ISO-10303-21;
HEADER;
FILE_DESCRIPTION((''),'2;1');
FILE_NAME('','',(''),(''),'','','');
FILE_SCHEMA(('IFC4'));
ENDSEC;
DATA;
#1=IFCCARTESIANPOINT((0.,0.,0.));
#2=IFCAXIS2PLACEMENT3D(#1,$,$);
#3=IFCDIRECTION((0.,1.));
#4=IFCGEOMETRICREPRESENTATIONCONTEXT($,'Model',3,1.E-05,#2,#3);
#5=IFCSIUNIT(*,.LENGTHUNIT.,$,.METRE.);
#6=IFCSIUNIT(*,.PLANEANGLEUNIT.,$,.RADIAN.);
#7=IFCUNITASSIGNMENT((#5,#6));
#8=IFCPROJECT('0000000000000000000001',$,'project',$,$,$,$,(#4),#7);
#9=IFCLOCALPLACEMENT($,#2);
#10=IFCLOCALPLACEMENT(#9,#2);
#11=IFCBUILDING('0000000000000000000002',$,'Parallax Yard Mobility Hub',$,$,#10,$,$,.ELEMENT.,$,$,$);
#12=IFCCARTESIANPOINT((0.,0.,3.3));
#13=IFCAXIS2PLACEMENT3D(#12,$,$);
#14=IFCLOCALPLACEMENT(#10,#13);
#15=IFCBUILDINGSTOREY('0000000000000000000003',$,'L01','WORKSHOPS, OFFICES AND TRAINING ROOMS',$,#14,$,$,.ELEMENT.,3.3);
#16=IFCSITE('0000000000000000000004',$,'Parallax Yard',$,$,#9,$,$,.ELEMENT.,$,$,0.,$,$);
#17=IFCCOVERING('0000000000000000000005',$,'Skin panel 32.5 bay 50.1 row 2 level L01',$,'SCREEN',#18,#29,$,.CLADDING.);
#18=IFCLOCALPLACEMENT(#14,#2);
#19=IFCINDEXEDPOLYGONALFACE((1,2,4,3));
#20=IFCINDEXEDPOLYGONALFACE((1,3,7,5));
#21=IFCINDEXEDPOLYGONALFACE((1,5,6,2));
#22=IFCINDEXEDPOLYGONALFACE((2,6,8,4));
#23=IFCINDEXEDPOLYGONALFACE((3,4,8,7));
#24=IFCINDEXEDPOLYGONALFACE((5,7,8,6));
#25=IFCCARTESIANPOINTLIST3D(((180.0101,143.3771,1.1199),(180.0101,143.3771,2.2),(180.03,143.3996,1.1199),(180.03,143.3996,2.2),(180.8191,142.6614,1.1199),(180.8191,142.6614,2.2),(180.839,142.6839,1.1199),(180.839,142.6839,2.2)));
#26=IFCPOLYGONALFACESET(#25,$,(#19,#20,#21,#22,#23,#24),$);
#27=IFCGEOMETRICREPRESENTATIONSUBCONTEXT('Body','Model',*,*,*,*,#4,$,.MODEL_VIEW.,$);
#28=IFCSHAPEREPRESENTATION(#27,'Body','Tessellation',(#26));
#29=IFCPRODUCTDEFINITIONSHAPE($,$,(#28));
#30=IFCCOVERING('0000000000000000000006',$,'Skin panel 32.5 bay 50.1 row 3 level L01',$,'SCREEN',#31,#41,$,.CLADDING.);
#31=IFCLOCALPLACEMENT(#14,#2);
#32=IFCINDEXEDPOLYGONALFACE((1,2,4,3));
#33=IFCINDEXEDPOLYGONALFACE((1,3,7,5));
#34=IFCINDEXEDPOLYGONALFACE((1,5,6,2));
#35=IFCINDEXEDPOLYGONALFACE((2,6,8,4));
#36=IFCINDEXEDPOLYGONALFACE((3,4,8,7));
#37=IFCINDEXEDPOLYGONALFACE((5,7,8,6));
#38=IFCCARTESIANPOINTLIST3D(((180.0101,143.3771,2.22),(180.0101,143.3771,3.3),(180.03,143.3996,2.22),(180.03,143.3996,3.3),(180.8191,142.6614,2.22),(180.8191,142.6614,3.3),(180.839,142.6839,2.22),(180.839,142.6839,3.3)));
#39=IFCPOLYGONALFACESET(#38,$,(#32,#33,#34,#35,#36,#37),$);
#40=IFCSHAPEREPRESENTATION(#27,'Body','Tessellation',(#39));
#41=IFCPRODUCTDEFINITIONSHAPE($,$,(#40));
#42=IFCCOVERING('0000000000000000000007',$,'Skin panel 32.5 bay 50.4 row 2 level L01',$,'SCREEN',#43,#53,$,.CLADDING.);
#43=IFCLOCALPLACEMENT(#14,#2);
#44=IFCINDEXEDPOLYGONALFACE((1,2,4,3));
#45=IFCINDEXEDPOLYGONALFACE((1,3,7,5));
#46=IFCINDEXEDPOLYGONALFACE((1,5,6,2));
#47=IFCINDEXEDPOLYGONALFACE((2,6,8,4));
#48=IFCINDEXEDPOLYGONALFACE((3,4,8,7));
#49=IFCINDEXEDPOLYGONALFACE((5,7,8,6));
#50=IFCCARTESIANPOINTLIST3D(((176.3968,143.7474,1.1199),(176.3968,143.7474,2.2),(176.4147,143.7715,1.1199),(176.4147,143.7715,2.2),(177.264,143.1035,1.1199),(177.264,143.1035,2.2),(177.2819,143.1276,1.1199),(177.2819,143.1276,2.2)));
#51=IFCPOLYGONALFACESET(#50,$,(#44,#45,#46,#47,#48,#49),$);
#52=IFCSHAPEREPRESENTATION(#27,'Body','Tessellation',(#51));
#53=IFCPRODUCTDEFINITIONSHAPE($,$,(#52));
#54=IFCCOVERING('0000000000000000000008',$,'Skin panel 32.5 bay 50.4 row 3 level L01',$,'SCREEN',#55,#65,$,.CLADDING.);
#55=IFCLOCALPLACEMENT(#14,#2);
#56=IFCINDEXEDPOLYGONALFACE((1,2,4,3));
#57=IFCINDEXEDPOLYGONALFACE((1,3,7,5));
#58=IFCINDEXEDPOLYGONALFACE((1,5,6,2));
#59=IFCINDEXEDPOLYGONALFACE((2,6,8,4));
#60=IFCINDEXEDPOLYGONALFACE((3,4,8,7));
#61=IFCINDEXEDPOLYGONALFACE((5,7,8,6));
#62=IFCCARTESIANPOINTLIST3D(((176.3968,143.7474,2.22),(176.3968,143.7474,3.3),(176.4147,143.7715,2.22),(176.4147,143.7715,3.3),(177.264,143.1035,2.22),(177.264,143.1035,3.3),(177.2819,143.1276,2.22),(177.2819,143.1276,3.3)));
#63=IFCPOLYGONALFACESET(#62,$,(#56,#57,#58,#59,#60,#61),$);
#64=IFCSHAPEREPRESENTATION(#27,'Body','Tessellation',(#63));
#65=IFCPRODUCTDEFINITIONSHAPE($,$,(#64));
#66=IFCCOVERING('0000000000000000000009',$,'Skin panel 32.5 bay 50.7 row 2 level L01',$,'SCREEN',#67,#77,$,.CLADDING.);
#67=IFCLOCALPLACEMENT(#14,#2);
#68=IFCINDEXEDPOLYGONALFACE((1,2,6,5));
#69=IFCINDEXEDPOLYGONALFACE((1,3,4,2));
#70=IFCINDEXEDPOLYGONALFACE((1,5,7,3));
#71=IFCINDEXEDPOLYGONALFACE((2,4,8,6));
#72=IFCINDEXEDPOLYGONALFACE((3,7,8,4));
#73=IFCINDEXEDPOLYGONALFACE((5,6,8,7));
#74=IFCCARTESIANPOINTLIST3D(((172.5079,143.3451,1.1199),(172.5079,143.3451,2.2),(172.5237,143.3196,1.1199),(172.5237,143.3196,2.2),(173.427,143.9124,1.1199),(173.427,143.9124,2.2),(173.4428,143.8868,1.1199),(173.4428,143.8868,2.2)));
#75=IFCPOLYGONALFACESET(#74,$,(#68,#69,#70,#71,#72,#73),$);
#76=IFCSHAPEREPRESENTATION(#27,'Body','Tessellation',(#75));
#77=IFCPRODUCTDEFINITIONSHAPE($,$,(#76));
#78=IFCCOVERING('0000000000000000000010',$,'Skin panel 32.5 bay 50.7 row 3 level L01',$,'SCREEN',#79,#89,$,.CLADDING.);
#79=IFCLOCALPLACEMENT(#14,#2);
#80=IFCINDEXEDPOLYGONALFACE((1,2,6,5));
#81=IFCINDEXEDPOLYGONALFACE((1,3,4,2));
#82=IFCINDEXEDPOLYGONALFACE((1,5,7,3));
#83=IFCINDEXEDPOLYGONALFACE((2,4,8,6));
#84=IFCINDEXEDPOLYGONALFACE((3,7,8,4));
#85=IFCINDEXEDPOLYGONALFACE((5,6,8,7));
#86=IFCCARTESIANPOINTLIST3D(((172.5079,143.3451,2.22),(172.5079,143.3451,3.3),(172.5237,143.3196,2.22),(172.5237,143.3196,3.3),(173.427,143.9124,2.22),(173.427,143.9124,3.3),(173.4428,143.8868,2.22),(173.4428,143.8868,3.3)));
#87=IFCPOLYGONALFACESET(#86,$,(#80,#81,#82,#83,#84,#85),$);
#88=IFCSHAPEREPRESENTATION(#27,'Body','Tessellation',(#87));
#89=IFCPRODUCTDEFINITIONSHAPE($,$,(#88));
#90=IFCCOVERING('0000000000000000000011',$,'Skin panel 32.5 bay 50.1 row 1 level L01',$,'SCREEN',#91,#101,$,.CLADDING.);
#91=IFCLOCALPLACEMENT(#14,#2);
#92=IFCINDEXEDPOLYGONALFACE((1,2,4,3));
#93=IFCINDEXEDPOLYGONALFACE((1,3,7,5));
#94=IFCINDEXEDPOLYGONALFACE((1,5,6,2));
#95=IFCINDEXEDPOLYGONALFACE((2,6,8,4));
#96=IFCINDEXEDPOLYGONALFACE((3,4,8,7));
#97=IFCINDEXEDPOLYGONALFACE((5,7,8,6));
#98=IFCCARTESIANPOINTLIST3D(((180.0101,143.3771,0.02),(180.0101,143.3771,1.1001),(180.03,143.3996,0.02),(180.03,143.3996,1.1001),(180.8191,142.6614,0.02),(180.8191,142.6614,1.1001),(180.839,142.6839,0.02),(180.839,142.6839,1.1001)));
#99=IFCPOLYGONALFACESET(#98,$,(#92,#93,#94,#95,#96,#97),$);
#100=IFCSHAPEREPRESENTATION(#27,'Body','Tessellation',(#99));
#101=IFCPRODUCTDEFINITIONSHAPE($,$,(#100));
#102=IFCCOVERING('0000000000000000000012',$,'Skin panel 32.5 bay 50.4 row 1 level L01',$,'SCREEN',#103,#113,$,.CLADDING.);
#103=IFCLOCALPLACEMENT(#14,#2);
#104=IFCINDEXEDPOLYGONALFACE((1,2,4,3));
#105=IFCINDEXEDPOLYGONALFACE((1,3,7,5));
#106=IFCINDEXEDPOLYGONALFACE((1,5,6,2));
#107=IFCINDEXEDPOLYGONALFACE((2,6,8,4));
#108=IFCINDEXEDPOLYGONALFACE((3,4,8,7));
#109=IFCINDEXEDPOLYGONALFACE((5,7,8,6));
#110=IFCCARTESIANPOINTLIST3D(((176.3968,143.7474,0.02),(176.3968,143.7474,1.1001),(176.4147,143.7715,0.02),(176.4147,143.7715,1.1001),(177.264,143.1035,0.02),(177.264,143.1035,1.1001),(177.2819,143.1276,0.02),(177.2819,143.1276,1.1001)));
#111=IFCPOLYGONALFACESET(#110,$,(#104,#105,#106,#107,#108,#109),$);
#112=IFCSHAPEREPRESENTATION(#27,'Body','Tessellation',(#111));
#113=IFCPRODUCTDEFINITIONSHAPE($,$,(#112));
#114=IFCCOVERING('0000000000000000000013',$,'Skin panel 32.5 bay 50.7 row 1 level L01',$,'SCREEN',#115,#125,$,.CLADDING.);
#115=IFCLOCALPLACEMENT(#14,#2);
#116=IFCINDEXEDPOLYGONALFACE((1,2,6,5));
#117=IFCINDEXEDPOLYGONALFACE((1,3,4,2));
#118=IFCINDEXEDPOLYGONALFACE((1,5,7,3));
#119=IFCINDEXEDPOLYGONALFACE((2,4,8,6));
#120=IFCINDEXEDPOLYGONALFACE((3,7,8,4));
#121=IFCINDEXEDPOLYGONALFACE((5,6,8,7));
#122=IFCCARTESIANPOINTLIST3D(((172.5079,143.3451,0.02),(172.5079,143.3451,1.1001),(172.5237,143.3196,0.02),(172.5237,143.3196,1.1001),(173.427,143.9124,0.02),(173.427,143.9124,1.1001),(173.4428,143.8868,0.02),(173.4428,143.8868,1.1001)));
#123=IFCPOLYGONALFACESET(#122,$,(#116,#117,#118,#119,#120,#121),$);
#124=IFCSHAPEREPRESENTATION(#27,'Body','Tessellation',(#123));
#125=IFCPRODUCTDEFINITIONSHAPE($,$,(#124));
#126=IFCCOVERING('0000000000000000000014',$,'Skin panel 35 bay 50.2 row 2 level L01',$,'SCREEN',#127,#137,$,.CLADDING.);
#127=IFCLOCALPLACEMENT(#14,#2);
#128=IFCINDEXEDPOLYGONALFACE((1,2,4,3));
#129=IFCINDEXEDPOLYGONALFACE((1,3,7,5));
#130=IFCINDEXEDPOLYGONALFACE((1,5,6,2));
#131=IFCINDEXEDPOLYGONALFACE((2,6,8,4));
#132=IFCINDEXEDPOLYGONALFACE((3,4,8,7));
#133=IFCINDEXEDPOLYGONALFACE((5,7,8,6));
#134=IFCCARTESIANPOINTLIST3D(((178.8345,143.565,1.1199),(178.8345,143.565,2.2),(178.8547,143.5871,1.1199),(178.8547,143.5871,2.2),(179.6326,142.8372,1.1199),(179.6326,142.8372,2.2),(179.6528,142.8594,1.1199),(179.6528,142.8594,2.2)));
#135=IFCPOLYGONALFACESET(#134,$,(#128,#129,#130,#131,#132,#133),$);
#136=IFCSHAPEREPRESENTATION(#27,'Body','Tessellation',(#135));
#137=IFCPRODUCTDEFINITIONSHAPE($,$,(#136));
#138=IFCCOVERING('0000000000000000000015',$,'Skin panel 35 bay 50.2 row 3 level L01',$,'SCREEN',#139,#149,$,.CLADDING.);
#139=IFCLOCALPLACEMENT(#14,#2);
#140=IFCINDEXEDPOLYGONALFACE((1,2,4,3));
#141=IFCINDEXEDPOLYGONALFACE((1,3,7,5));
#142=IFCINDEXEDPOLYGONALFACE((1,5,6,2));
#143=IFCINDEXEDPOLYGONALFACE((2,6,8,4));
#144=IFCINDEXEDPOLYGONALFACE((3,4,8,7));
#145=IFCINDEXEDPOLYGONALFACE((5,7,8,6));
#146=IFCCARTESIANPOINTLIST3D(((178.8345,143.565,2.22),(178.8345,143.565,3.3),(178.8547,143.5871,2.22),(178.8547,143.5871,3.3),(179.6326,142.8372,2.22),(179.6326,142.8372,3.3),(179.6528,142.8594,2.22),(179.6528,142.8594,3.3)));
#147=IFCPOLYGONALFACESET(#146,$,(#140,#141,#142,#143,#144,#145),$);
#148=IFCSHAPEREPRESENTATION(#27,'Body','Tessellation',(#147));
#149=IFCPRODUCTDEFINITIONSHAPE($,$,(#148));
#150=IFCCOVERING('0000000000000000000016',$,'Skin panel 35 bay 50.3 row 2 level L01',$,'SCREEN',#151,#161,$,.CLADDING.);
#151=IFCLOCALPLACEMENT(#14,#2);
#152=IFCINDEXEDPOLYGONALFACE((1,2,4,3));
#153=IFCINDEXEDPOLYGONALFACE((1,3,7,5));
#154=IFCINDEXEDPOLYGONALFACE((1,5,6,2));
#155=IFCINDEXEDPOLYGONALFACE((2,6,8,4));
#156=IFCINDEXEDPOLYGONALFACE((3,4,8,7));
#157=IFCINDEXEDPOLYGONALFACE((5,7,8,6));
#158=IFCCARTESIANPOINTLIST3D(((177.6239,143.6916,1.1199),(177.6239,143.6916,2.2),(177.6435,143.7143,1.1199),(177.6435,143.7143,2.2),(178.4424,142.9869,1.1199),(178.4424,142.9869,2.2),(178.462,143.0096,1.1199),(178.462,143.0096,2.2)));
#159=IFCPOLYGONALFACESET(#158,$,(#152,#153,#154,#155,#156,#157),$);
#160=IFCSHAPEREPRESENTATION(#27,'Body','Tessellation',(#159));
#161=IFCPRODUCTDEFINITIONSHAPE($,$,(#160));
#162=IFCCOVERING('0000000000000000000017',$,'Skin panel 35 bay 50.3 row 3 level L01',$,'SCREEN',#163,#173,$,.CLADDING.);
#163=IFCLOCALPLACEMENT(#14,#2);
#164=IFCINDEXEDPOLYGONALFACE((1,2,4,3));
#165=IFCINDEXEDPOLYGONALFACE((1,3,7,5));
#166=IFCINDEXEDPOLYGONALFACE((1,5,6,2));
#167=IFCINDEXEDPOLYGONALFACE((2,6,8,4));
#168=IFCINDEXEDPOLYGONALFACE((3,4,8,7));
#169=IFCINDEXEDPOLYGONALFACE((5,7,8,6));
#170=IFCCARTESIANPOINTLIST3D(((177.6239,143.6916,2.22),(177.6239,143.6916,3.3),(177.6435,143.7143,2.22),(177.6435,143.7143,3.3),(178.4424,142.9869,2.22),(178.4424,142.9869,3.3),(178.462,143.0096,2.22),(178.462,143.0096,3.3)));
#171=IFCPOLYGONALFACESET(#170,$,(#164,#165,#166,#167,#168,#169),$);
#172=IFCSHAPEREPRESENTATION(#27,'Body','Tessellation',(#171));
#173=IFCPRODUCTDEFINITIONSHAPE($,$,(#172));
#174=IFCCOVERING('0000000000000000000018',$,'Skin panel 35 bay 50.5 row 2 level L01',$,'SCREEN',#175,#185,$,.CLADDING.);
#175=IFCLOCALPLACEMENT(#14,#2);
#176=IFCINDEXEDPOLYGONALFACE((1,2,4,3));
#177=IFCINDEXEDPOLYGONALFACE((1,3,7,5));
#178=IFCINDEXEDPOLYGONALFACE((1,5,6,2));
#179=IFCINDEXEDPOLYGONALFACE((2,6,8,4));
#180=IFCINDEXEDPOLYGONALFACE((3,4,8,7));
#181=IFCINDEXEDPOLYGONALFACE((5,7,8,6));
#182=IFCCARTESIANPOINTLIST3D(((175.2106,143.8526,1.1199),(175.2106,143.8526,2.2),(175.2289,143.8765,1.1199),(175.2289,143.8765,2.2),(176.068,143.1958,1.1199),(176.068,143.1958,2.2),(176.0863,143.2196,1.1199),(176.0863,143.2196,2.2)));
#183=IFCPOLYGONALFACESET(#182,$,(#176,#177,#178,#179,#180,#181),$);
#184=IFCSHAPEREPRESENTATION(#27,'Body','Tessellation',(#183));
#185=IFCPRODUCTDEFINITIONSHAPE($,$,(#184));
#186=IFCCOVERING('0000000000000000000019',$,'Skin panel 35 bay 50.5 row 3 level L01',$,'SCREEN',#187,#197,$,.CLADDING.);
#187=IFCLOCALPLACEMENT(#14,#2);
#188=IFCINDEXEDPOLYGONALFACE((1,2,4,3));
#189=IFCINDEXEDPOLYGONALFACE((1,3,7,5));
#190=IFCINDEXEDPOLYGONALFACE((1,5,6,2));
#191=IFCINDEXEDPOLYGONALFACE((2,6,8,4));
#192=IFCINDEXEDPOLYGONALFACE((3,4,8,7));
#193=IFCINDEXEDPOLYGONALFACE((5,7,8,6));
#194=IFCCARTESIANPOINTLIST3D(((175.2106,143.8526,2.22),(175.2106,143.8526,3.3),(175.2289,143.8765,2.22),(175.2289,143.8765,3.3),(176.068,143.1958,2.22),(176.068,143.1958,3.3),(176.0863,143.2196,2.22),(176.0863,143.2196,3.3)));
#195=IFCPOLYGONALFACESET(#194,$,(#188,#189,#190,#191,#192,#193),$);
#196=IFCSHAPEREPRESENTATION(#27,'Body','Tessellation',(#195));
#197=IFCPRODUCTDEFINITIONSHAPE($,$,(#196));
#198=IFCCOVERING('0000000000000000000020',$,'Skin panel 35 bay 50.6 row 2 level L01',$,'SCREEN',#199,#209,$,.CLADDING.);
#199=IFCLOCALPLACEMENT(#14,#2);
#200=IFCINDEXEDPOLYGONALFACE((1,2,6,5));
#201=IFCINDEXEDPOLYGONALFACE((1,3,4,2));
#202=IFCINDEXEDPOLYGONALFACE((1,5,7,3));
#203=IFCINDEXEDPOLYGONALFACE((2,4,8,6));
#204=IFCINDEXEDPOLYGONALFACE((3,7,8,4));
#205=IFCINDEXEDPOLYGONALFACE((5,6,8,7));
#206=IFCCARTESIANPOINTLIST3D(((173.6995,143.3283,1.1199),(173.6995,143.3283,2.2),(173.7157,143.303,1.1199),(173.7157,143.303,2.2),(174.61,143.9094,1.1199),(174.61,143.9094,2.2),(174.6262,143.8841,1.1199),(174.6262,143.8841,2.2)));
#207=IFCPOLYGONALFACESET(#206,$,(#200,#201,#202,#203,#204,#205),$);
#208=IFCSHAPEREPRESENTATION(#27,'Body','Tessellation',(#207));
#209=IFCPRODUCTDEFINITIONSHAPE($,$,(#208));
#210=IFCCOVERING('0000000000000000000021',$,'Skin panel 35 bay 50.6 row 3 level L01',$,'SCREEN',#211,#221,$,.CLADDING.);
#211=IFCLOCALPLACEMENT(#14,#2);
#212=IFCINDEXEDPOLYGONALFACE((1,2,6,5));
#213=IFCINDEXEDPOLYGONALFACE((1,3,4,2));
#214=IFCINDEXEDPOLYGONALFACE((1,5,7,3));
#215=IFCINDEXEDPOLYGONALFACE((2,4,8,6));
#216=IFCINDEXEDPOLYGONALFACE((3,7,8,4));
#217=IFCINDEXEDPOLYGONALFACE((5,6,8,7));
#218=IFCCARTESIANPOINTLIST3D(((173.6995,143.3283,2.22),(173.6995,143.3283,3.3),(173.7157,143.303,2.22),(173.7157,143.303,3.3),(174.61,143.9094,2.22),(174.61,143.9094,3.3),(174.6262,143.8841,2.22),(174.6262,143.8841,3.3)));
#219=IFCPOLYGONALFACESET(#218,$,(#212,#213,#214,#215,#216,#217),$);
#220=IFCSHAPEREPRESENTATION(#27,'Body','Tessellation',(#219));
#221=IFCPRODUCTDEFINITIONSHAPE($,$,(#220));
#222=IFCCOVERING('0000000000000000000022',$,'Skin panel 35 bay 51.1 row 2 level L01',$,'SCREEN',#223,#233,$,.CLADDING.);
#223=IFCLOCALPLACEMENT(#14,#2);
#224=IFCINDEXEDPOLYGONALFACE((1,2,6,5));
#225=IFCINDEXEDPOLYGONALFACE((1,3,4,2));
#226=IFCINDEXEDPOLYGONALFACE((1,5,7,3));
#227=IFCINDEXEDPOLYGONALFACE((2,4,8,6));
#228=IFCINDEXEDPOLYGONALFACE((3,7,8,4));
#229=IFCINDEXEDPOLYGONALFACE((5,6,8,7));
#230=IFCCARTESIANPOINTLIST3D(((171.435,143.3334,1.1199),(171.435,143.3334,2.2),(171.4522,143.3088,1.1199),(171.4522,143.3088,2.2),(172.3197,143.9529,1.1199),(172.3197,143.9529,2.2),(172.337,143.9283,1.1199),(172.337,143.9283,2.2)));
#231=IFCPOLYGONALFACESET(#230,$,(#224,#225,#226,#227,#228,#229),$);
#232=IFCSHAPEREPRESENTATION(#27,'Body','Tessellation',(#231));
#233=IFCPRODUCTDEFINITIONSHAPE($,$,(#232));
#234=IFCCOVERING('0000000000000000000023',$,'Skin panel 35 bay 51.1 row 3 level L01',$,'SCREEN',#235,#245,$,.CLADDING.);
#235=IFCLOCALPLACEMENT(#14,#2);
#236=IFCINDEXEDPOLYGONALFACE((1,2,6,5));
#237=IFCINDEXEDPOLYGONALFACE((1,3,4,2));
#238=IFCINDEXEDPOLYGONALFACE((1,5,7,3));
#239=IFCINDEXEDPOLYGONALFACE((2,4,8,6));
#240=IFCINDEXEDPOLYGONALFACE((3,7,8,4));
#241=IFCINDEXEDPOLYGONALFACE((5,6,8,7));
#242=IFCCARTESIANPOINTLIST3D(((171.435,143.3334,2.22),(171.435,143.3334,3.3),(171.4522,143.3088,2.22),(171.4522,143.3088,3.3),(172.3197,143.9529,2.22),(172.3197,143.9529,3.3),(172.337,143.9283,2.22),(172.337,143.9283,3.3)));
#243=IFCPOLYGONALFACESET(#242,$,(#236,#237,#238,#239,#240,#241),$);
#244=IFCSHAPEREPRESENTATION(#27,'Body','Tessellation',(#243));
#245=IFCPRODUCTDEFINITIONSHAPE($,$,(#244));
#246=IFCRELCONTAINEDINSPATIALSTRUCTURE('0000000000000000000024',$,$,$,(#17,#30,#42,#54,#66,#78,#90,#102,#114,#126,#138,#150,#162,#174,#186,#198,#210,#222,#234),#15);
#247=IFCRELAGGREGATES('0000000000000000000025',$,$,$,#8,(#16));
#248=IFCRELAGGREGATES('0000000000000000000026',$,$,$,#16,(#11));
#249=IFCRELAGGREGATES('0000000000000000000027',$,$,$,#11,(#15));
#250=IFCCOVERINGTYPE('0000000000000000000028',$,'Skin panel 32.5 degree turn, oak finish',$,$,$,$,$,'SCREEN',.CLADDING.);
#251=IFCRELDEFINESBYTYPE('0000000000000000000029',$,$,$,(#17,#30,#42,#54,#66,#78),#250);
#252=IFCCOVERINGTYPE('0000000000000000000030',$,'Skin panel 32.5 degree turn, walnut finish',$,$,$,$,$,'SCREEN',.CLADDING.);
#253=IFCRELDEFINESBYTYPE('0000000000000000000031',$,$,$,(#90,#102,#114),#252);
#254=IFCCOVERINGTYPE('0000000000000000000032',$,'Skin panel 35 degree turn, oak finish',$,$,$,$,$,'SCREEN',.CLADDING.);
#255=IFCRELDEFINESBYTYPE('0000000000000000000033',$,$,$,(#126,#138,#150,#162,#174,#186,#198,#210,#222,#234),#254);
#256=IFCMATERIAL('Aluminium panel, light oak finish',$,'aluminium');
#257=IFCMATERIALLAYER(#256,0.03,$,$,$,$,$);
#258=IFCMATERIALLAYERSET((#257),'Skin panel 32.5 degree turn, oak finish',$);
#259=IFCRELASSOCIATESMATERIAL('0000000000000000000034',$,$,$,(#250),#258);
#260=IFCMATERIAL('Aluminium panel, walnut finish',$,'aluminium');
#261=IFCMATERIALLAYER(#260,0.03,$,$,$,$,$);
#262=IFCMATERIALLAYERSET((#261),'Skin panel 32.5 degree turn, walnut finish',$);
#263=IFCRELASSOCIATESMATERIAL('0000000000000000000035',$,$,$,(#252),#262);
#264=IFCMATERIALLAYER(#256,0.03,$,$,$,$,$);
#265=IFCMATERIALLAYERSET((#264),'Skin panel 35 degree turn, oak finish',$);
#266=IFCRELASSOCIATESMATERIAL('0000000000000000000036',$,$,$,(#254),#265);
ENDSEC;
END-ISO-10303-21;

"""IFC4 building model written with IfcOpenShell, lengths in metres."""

from ifc_helpers import new_model, si_unit, direction, frame, origin, origin_2d, place, context, subcontext, project, spatial, rectangle, extrude, material, layer, layer_set, type_object, element, save


model = new_model("IFC4")

# Units and contexts
model_context = context("Model", 3, precision=1e-05, world=origin(), true_north=direction((0.0, 1.0)))
body_context = subcontext(model_context, "Body", "Model", "MODEL_VIEW")
ifc_project = project(units=[si_unit("LENGTHUNIT", "METRE"), si_unit("PLANEANGLEUNIT", "RADIAN")], contexts=[model_context])

# Site, building, storey
site_placement = place(None, origin())
site = spatial("IfcSite", under=ifc_project, at=site_placement, Name="Parallax Yard", CompositionType="ELEMENT", RefElevation=0.0)
building_placement = place(site_placement, origin())
building = spatial("IfcBuilding", under=site, at=building_placement, Name="Parallax Yard Mobility Hub", CompositionType="ELEMENT")
storey_placement = place(building_placement, frame((0.0, 0.0, 3.3)))
storey = spatial("IfcBuildingStorey", under=building, at=storey_placement, Name="L01", Description="WORKSHOPS, OFFICES AND TRAINING ROOMS", CompositionType="ELEMENT", Elevation=3.3)

# Coverings
ifc_material_1 = material(Name="Aluminium panel, light oak finish", Category="aluminium")
ifc_layer_1 = layer(ifc_material_1, 0.03)
ifc_layer_set_1 = layer_set([ifc_layer_1], Name="Skin panel 32.5 degree turn, oak finish")
covering_type_1 = type_object("IfcCoveringType", Name="Skin panel 32.5 degree turn, oak finish", ElementType="SCREEN", PredefinedType="CLADDING", material=ifc_layer_set_1)
for number, where, z_axis, x_axis, name in (
    (1, (180.4246, 143.0305, 1.1199), (0.0, 0.0, 1.0), (-0.748956, 0.66262, 0.0), "Skin panel 32.5 bay 50.1 row 2 level L01"),
    (2, (180.4246, 143.0305, 2.22), (0.0, 0.0, 1.0), (-0.748956, 0.66262, 0.0), "Skin panel 32.5 bay 50.1 row 3 level L01"),
    (3, (176.8394, 143.4375, 1.1199), (0.0, 0.0, 1.0), (-0.802912, 0.596097, 0.0), "Skin panel 32.5 bay 50.4 row 2 level L01"),
    (4, (176.8394, 143.4375, 2.22), (0.0, 0.0, 1.0), (-0.802912, 0.596097, 0.0), "Skin panel 32.5 bay 50.4 row 3 level L01"),
    (5, (172.9753, 143.616, 1.1199), (0.0, 0.0, 1.0), (0.850978, 0.525201, 0.0), "Skin panel 32.5 bay 50.7 row 2 level L01"),
    (6, (172.9753, 143.616, 2.22), (0.0, 0.0, 1.0), (0.850978, 0.525201, 0.0), "Skin panel 32.5 bay 50.7 row 3 level L01"),
):
    element("IfcCovering", number, at=place(storey_placement, frame(where, z_axis=z_axis, x_axis=x_axis)), inside=storey, type_object=covering_type_1, Name=name, ObjectType="SCREEN", PredefinedType="CLADDING", context=body_context, shape_type="SweptSolid", body=[
        extrude(rectangle(XDim=1.0801, YDim=0.03, at=origin_2d()), origin(), (0.0, 0.0, 1.0), 1.0801),
    ])
ifc_material_2 = material(Name="Aluminium panel, walnut finish", Category="aluminium")
ifc_layer_2 = layer(ifc_material_2, 0.03)
ifc_layer_set_2 = layer_set([ifc_layer_2], Name="Skin panel 32.5 degree turn, walnut finish")
covering_type_2 = type_object("IfcCoveringType", Name="Skin panel 32.5 degree turn, walnut finish", ElementType="SCREEN", PredefinedType="CLADDING", material=ifc_layer_set_2)
for number, where, z_axis, x_axis, name in (
    (7, (180.4246, 143.0305, 0.02), (0.0, 0.0, 1.0), (-0.748956, 0.66262, 0.0), "Skin panel 32.5 bay 50.1 row 1 level L01"),
    (8, (176.8394, 143.4375, 0.02), (0.0, 0.0, 1.0), (-0.802912, 0.596097, 0.0), "Skin panel 32.5 bay 50.4 row 1 level L01"),
    (9, (172.9753, 143.616, 0.02), (0.0, 0.0, 1.0), (0.850978, 0.525201, 0.0), "Skin panel 32.5 bay 50.7 row 1 level L01"),
):
    element("IfcCovering", number, at=place(storey_placement, frame(where, z_axis=z_axis, x_axis=x_axis)), inside=storey, type_object=covering_type_2, Name=name, ObjectType="SCREEN", PredefinedType="CLADDING", context=body_context, shape_type="SweptSolid", body=[
        extrude(rectangle(XDim=1.0801, YDim=0.03, at=origin_2d()), origin(), (0.0, 0.0, 1.0), 1.0801),
    ])
ifc_layer_3 = layer(ifc_material_1, 0.03)
ifc_layer_set_3 = layer_set([ifc_layer_3], Name="Skin panel 35 degree turn, oak finish")
covering_type_3 = type_object("IfcCoveringType", Name="Skin panel 35 degree turn, oak finish", ElementType="SCREEN", PredefinedType="CLADDING", material=ifc_layer_set_3)
for number, where, z_axis, x_axis, name in (
    (10, (179.2437, 143.2122, 1.1199), (0.0, 0.0, 1.0), (-0.738884, 0.673833, 0.0), "Skin panel 35 bay 50.2 row 2 level L01"),
    (11, (179.2437, 143.2122, 2.22), (0.0, 0.0, 1.0), (-0.738884, 0.673833, 0.0), "Skin panel 35 bay 50.2 row 3 level L01"),
    (12, (178.043, 143.3506, 1.1199), (0.0, 0.0, 1.0), (-0.757824, 0.65246, 0.0), "Skin panel 35 bay 50.3 row 2 level L01"),
    (13, (178.043, 143.3506, 2.22), (0.0, 0.0, 1.0), (-0.757824, 0.65246, 0.0), "Skin panel 35 bay 50.3 row 3 level L01"),
    (14, (175.6484, 143.5361, 1.1199), (0.0, 0.0, 1.0), (-0.793837, 0.608131, 0.0), "Skin panel 35 bay 50.5 row 2 level L01"),
    (15, (175.6484, 143.5361, 2.22), (0.0, 0.0, 1.0), (-0.793837, 0.608131, 0.0), "Skin panel 35 bay 50.5 row 3 level L01"),
    (16, (174.1628, 143.6062, 1.1199), (0.0, 0.0, 1.0), (0.842964, 0.537969, 0.0), "Skin panel 35 bay 50.6 row 2 level L01"),
    (17, (174.1628, 143.6062, 2.22), (0.0, 0.0, 1.0), (0.842964, 0.537969, 0.0), "Skin panel 35 bay 50.6 row 3 level L01"),
    (18, (171.886, 143.6309, 1.1199), (0.0, 0.0, 1.0), (0.819152, 0.573576, 0.0), "Skin panel 35 bay 51.1 row 2 level L01"),
    (19, (171.886, 143.6309, 2.22), (0.0, 0.0, 1.0), (0.819152, 0.573576, 0.0), "Skin panel 35 bay 51.1 row 3 level L01"),
):
    element("IfcCovering", number, at=place(storey_placement, frame(where, z_axis=z_axis, x_axis=x_axis)), inside=storey, type_object=covering_type_3, Name=name, ObjectType="SCREEN", PredefinedType="CLADDING", context=body_context, shape_type="SweptSolid", body=[
        extrude(rectangle(XDim=1.0801, YDim=0.03, at=origin_2d()), origin(), (0.0, 0.0, 1.0), 1.0801),
    ])

save(model, "model.ifc")
